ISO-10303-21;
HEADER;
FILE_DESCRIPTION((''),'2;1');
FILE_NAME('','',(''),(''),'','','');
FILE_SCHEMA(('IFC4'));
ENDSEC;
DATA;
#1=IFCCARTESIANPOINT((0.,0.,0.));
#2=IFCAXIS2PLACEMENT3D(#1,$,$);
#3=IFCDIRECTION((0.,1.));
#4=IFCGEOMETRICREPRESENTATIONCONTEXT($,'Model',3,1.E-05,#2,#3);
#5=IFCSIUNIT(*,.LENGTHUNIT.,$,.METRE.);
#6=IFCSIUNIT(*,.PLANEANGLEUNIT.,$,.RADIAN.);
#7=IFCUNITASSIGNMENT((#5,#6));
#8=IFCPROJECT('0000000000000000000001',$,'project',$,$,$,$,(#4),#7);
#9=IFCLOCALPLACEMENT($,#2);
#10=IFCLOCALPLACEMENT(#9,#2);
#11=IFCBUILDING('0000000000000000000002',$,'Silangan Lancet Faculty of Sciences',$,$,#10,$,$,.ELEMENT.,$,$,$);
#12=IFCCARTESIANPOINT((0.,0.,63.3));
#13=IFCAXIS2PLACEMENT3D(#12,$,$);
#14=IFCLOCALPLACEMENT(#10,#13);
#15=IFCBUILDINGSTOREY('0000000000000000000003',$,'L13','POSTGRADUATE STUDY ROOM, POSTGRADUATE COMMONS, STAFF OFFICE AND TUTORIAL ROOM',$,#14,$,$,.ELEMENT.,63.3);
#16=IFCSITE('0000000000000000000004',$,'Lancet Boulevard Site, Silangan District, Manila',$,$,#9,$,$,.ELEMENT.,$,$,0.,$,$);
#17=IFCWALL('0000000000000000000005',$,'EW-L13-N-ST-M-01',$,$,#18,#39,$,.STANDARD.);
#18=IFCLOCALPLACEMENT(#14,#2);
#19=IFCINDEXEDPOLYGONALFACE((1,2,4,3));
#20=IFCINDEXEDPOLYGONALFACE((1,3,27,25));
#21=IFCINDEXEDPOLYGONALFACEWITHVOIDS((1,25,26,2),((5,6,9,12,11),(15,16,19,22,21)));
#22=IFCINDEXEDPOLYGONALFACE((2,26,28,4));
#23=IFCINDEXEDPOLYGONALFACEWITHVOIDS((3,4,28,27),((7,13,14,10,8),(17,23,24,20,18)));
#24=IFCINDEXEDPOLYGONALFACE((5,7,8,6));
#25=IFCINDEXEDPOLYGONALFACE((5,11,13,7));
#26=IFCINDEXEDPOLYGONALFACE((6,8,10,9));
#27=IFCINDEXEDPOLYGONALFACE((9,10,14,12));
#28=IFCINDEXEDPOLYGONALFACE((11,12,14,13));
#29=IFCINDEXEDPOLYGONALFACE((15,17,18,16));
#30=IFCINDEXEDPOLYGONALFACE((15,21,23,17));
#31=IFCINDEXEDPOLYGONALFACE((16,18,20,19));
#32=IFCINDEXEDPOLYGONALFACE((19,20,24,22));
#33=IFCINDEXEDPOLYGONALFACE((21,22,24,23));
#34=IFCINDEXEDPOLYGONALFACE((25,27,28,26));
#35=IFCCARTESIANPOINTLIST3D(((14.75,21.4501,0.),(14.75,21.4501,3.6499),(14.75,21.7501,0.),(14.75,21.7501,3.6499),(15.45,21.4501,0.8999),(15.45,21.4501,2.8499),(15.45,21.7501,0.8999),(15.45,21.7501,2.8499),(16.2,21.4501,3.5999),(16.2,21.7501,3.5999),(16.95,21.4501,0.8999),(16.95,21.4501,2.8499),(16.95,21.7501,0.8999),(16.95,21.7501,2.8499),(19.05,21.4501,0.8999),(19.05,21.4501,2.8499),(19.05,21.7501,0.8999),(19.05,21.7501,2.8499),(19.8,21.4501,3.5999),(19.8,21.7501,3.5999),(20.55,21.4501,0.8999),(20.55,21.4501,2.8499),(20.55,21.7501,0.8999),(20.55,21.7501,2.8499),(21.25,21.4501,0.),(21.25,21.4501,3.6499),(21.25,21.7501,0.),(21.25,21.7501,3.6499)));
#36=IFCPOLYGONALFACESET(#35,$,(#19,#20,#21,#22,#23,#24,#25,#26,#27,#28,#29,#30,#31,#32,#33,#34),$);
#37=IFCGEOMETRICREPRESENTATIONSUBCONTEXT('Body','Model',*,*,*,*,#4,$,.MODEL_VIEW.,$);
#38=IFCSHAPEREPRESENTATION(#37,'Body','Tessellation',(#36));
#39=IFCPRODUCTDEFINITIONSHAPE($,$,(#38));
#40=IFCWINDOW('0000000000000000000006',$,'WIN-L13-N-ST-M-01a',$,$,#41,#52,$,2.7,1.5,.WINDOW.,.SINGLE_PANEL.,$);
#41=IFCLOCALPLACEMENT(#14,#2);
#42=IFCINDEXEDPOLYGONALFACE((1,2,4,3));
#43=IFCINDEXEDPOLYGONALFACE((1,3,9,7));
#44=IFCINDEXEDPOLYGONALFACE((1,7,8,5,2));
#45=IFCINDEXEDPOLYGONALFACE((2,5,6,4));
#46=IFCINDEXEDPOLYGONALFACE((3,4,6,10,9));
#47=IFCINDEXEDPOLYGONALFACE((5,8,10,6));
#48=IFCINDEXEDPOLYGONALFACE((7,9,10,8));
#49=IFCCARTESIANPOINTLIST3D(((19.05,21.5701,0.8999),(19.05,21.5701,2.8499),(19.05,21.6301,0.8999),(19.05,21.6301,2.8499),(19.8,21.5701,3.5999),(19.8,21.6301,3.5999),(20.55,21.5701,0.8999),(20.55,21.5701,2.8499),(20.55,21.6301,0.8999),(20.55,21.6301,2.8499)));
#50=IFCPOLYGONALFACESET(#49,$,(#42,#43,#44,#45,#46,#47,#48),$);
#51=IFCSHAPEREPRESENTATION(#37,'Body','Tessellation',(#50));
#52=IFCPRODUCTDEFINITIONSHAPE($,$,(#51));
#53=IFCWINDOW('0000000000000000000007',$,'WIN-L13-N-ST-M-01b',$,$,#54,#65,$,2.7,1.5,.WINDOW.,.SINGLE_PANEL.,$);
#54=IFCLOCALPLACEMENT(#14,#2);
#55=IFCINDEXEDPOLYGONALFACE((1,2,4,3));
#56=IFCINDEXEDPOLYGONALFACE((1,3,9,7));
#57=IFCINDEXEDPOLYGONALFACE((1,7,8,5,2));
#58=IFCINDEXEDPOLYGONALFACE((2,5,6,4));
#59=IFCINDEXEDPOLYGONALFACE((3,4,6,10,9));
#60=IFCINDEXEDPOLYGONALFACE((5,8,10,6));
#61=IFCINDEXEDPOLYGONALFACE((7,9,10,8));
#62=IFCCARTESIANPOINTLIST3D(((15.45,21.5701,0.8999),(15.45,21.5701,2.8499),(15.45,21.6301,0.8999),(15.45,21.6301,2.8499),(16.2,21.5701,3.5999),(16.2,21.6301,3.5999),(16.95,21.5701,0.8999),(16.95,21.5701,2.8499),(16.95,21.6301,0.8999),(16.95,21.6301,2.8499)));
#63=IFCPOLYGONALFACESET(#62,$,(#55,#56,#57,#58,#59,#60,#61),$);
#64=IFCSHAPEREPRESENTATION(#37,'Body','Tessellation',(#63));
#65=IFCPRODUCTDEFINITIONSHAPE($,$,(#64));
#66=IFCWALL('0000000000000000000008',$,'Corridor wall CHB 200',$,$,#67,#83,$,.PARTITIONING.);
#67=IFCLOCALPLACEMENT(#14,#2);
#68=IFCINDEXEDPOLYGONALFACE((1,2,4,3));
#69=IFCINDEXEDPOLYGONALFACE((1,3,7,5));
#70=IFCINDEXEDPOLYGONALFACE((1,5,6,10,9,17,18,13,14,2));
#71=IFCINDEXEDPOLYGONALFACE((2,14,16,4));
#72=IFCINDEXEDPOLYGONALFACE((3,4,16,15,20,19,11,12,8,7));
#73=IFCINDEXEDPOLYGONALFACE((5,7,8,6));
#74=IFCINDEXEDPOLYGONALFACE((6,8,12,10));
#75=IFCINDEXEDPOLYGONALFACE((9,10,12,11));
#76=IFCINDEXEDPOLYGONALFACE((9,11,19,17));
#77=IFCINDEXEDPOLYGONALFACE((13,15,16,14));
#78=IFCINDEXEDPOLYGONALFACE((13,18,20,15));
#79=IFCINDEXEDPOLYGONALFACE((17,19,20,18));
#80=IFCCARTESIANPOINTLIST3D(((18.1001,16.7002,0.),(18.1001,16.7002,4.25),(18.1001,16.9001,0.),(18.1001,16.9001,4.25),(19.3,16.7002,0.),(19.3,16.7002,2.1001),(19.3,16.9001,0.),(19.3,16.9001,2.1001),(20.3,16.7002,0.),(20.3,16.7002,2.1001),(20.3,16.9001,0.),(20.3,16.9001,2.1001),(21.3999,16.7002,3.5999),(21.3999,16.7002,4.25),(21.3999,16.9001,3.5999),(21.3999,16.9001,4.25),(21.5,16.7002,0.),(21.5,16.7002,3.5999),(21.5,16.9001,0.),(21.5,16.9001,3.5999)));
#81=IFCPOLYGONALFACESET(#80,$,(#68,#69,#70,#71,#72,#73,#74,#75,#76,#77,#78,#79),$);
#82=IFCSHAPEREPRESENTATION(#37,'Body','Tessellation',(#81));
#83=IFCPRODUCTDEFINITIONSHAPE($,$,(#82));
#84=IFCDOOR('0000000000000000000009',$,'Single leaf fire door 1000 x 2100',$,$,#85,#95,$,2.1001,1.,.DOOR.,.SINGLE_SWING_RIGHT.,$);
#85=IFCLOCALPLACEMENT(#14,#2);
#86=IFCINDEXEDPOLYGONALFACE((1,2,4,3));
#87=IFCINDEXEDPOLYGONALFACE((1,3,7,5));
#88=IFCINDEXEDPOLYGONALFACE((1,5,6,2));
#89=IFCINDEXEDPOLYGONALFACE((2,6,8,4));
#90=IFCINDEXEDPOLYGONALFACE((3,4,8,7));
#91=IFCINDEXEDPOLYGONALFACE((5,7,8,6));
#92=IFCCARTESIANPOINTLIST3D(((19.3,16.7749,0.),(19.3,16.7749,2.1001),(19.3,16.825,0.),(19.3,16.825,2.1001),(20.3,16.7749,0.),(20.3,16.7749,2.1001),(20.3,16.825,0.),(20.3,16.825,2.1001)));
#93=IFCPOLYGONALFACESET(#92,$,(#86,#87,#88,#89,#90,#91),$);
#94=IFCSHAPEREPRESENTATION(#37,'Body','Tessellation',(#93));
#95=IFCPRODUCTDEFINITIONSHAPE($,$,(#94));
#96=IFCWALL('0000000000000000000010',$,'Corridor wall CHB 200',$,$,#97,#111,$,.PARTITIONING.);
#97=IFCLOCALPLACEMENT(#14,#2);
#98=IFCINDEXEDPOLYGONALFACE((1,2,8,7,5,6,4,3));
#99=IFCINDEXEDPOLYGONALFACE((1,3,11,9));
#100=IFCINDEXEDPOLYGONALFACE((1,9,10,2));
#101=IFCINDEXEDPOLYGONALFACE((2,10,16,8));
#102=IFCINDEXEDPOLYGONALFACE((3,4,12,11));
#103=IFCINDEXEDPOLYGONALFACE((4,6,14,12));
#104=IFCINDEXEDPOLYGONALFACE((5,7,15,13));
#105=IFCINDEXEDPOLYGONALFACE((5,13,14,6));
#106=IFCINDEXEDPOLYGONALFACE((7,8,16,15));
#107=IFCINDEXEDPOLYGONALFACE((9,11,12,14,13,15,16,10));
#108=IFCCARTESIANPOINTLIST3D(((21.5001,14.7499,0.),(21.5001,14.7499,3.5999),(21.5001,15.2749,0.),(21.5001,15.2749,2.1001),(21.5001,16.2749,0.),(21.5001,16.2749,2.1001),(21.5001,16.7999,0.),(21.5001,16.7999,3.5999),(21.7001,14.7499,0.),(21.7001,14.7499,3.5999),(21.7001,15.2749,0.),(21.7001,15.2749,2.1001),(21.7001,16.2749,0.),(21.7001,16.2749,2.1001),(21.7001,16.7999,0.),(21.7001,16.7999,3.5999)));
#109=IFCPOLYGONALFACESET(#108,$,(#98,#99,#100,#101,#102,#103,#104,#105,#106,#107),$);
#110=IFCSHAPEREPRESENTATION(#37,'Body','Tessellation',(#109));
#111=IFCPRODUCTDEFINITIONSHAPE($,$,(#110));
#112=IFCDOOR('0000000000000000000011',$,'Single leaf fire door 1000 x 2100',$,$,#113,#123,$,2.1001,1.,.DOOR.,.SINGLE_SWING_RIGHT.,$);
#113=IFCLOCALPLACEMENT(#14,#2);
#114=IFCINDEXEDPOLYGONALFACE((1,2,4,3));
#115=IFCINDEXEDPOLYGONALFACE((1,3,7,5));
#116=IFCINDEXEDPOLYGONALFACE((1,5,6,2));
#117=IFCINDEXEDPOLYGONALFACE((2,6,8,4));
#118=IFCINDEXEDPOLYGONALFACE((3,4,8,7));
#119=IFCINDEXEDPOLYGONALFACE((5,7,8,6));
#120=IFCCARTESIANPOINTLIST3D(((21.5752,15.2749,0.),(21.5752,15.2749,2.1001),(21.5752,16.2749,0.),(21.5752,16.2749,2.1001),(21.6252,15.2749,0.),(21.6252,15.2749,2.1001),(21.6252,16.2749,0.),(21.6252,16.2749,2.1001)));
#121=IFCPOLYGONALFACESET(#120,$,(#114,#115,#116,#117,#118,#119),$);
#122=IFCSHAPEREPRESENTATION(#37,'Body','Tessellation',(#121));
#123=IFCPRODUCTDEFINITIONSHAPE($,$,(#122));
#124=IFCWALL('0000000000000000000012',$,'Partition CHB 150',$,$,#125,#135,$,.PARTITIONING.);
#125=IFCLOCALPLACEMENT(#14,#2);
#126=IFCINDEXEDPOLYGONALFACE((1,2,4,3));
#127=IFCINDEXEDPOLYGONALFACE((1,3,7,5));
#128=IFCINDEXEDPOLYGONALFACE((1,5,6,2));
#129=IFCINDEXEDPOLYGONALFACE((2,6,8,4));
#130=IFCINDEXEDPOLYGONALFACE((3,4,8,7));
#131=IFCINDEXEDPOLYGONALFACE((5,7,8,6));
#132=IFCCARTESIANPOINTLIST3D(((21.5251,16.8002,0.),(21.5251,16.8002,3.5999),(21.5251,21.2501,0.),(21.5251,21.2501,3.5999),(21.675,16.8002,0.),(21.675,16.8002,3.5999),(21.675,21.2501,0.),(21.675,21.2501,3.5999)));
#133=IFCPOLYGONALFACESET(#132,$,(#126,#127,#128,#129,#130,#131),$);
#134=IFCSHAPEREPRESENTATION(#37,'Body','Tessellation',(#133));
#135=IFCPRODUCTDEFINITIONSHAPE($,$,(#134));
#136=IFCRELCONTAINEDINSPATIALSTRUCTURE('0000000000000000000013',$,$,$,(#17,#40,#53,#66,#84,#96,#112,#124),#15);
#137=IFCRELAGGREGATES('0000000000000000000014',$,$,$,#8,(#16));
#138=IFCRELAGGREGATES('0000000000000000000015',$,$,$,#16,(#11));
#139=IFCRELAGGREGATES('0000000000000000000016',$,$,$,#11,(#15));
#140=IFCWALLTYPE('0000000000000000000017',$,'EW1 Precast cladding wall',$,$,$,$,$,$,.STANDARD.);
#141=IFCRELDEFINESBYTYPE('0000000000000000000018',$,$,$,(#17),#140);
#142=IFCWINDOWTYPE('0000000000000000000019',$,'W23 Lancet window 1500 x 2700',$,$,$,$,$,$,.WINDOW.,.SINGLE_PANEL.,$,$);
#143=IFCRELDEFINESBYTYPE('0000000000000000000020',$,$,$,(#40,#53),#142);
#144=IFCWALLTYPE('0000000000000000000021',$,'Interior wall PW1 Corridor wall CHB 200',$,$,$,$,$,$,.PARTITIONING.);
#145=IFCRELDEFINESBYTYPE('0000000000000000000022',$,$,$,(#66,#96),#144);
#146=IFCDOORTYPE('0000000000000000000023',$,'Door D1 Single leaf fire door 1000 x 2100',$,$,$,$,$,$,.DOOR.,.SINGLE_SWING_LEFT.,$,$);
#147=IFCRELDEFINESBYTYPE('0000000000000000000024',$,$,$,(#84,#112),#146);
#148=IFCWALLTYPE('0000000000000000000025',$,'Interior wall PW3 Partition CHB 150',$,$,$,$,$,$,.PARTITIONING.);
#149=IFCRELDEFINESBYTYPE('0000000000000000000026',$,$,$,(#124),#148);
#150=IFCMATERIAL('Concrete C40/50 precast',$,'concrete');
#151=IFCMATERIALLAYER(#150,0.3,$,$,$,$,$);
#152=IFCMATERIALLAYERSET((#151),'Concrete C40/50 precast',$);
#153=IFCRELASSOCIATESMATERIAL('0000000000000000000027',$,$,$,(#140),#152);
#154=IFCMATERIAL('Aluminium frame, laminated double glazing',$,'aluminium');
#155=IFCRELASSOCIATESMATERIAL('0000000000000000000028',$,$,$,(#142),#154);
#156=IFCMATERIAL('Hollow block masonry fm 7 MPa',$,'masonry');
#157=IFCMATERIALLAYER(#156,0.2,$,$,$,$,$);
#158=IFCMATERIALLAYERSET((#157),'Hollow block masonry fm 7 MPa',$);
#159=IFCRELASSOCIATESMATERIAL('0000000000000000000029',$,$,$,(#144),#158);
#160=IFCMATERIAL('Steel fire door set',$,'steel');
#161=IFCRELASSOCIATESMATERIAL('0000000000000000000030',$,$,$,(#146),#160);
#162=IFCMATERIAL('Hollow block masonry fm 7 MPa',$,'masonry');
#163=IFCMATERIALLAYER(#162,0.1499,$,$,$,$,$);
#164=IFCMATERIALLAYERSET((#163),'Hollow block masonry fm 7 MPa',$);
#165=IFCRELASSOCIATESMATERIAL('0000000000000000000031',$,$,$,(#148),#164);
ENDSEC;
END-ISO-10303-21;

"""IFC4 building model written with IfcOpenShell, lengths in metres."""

from ifc_helpers import new_model, si_unit, direction, frame, frame_2d, origin, place, context, subcontext, project, spatial, polyline, rectangle, outline, extrude, material, layer, layer_set, type_object, element, fill, save


model = new_model("IFC4")

# Units and contexts
model_context = context("Model", 3, precision=1e-05, world=origin(), true_north=direction((0.0, 1.0)))
body_context = subcontext(model_context, "Body", "Model", "MODEL_VIEW")
ifc_project = project(units=[si_unit("LENGTHUNIT", "METRE"), si_unit("PLANEANGLEUNIT", "RADIAN")], contexts=[model_context])

# Site, building, storey
site_placement = place(None, origin())
site = spatial("IfcSite", under=ifc_project, at=site_placement, Name="Lancet Boulevard Site, Silangan District, Manila", CompositionType="ELEMENT", RefElevation=0.0)
building_placement = place(site_placement, origin())
building = spatial("IfcBuilding", under=site, at=building_placement, Name="Silangan Lancet Faculty of Sciences", CompositionType="ELEMENT")
storey_placement = place(building_placement, frame((0.0, 0.0, 63.3)))
storey = spatial("IfcBuildingStorey", under=building, at=storey_placement, Name="L13", Description="POSTGRADUATE STUDY ROOM, POSTGRADUATE COMMONS, STAFF OFFICE AND TUTORIAL ROOM", CompositionType="ELEMENT", Elevation=63.3)

# Wall, openings, windows
ifc_material_1 = material(Name="Concrete C40/50 precast", Category="concrete")
ifc_layer_1 = layer(ifc_material_1, 0.3)
ifc_layer_set_1 = layer_set([ifc_layer_1], Name="Concrete C40/50 precast")
wall_type_1 = type_object("IfcWallType", Name="EW1 Precast cladding wall", PredefinedType="STANDARD", material=ifc_layer_set_1)
ifc_material_2 = material(Name="Aluminium frame, laminated double glazing", Category="aluminium")
window_type = type_object("IfcWindowType", Name="W23 Lancet window 1500 x 2700", PartitioningType="SINGLE_PANEL", PredefinedType="WINDOW", material=ifc_material_2)
wall_1_placement = place(storey_placement, frame((21.25, 21.6001, 0.0), z_axis=(0.0, 0.0, 1.0), x_axis=(-1.0, 0.0, 0.0)))
wall_1 = element("IfcWall", 1, at=wall_1_placement, inside=storey, type_object=wall_type_1, Name="EW-L13-N-ST-M-01", PredefinedType="STANDARD", context=body_context, shape_type="SweptSolid", body=[
    extrude(rectangle(XDim=6.5, YDim=0.3, at=frame_2d((3.25, 0.0))), origin(), (0.0, 0.0, 1.0), 3.6499),
])
opening_1_placement = place(wall_1_placement, frame((0.7, 0.0, 0.8999)))
opening_1 = element("IfcOpeningElement", 2, at=opening_1_placement, cuts=wall_1, PredefinedType="OPENING", context=body_context, shape_type="SweptSolid", body=[
    extrude(outline(polyline([(0.0, 0.0), (1.5, 0.0), (1.5, 1.95), (0.75, 2.7), (0.0, 1.95), (0.0, 0.0)])), frame((0.0, 0.1599, 0.0), z_axis=(0.0, -1.0, 0.0), x_axis=(1.0, 0.0, 0.0)), (0.0, 0.0, 1.0), 0.3201),
])
opening_2_placement = place(wall_1_placement, frame((4.3, 0.0, 0.8999)))
opening_2 = element("IfcOpeningElement", 3, at=opening_2_placement, cuts=wall_1, PredefinedType="OPENING", context=body_context, shape_type="SweptSolid", body=[
    extrude(outline(polyline([(0.0, 0.0), (1.5, 0.0), (1.5, 1.95), (0.75, 2.7), (0.0, 1.95), (0.0, 0.0)])), frame((0.0, 0.1599, 0.0), z_axis=(0.0, -1.0, 0.0), x_axis=(1.0, 0.0, 0.0)), (0.0, 0.0, 1.0), 0.3201),
])
window_1_placement = place(opening_1_placement, origin())
window_1 = element("IfcWindow", 4, at=window_1_placement, inside=storey, type_object=window_type, Name="WIN-L13-N-ST-M-01a", OverallHeight=2.7, OverallWidth=1.5, PartitioningType="SINGLE_PANEL", PredefinedType="WINDOW", context=body_context, shape_type="SweptSolid", body=[
    extrude(outline(polyline([(0.0, 0.0), (1.5, 0.0), (1.5, 1.95), (0.75, 2.7), (0.0, 1.95), (0.0, 0.0)])), frame((0.0, 0.03, 0.0), z_axis=(0.0, -1.0, 0.0), x_axis=(1.0, 0.0, 0.0)), (0.0, 0.0, 1.0), 0.0601),
])
fill(opening_1, window_1)
window_2_placement = place(opening_2_placement, origin())
window_2 = element("IfcWindow", 5, at=window_2_placement, inside=storey, type_object=window_type, Name="WIN-L13-N-ST-M-01b", OverallHeight=2.7, OverallWidth=1.5, PartitioningType="SINGLE_PANEL", PredefinedType="WINDOW", context=body_context, shape_type="SweptSolid", body=[
    extrude(outline(polyline([(0.0, 0.0), (1.5, 0.0), (1.5, 1.95), (0.75, 2.7), (0.0, 1.95), (0.0, 0.0)])), frame((0.0, 0.03, 0.0), z_axis=(0.0, -1.0, 0.0), x_axis=(1.0, 0.0, 0.0)), (0.0, 0.0, 1.0), 0.0601),
])
fill(opening_2, window_2)

# Walls, openings, doors
ifc_material_3 = material(Name="Hollow block masonry fm 7 MPa", Category="masonry")
ifc_layer_2 = layer(ifc_material_3, 0.2)
ifc_layer_set_2 = layer_set([ifc_layer_2], Name="Hollow block masonry fm 7 MPa")
wall_type_2 = type_object("IfcWallType", Name="Interior wall PW1 Corridor wall CHB 200", PredefinedType="PARTITIONING", material=ifc_layer_set_2)
wall_2_placement = place(storey_placement, frame((18.1001, 16.8, 0.0), z_axis=(0.0, 0.0, 1.0), x_axis=(1.0, 0.0, 0.0)))
wall_2 = element("IfcWall", 6, at=wall_2_placement, inside=storey, type_object=wall_type_2, Name="Corridor wall CHB 200", PredefinedType="PARTITIONING", context=body_context, shape_type="SweptSolid", body=[
    extrude(outline(polyline([(0.0, 0.0), (3.3999, 0.0), (3.3999, 3.5999), (3.2998, 3.5999), (3.2998, 4.25), (0.0, 4.25), (0.0, 0.0)])), frame((0.0, 0.1001, 0.0), z_axis=(0.0, -1.0, 0.0), x_axis=(1.0, 0.0, 0.0)), (0.0, 0.0, 1.0), 0.2),
])
opening_3_placement = place(wall_2_placement, frame((1.2, 0.0, 0.0)))
opening_3 = element("IfcOpeningElement", 7, at=opening_3_placement, cuts=wall_2, PredefinedType="OPENING", context=body_context, shape_type="SweptSolid", body=[
    extrude(rectangle(XDim=1.0, YDim=2.1001, at=frame_2d((0.5, 1.05))), frame((0.0, 0.1099, 0.0), z_axis=(0.0, -1.0, 0.0), x_axis=(1.0, 0.0, 0.0)), (0.0, 0.0, 1.0), 0.22),
])
ifc_material_4 = material(Name="Steel fire door set", Category="steel")
door_type = type_object("IfcDoorType", Name="Door D1 Single leaf fire door 1000 x 2100", OperationType="SINGLE_SWING_LEFT", PredefinedType="DOOR", material=ifc_material_4)
door_1_placement = place(opening_3_placement, origin())
door_1 = element("IfcDoor", 8, at=door_1_placement, inside=storey, type_object=door_type, Name="Single leaf fire door 1000 x 2100", OperationType="SINGLE_SWING_RIGHT", OverallHeight=2.1001, OverallWidth=1.0, PredefinedType="DOOR", context=body_context, shape_type="SweptSolid", body=[
    extrude(rectangle(XDim=1.0, YDim=2.1001, at=frame_2d((0.5, 1.05))), frame((0.0, 0.0249, 0.0), z_axis=(0.0, -1.0, 0.0), x_axis=(1.0, 0.0, 0.0)), (0.0, 0.0, 1.0), 0.05),
])
fill(opening_3, door_1)
wall_3_placement = place(storey_placement, frame((21.6001, 14.75, 0.0), z_axis=(0.0, 0.0, 1.0), x_axis=(0.0, 1.0, 0.0)))
wall_3 = element("IfcWall", 9, at=wall_3_placement, inside=storey, type_object=wall_type_2, Name="Corridor wall CHB 200", PredefinedType="PARTITIONING", context=body_context, shape_type="SweptSolid", body=[
    extrude(rectangle(XDim=2.05, YDim=0.2, at=frame_2d((1.0249, 0.0))), origin(), (0.0, 0.0, 1.0), 3.5999),
])
opening_4_placement = place(wall_3_placement, frame((0.5249, 0.0, 0.0)))
opening_4 = element("IfcOpeningElement", 10, at=opening_4_placement, cuts=wall_3, PredefinedType="OPENING", context=body_context, shape_type="SweptSolid", body=[
    extrude(rectangle(XDim=1.0, YDim=2.1001, at=frame_2d((0.5, 1.05))), frame((0.0, 0.1099, 0.0), z_axis=(0.0, -1.0, 0.0), x_axis=(1.0, 0.0, 0.0)), (0.0, 0.0, 1.0), 0.22),
])
door_2_placement = place(opening_4_placement, frame((1.0, 0.0, 0.0), z_axis=(0.0, 0.0, 1.0), x_axis=(-1.0, 0.0, 0.0)))
door_2 = element("IfcDoor", 11, at=door_2_placement, inside=storey, type_object=door_type, Name="Single leaf fire door 1000 x 2100", OperationType="SINGLE_SWING_RIGHT", OverallHeight=2.1001, OverallWidth=1.0, PredefinedType="DOOR", context=body_context, shape_type="SweptSolid", body=[
    extrude(rectangle(XDim=1.0, YDim=2.1001, at=frame_2d((0.5, 1.05))), frame((0.0, 0.0251, 0.0), z_axis=(0.0, -1.0, 0.0), x_axis=(1.0, 0.0, 0.0)), (0.0, 0.0, 1.0), 0.05),
])
fill(opening_4, door_2)

# Wall
ifc_material_5 = material(Name="Hollow block masonry fm 7 MPa", Category="masonry")
ifc_layer_3 = layer(ifc_material_5, 0.1499)
ifc_layer_set_3 = layer_set([ifc_layer_3], Name="Hollow block masonry fm 7 MPa")
wall_type_3 = type_object("IfcWallType", Name="Interior wall PW3 Partition CHB 150", PredefinedType="PARTITIONING", material=ifc_layer_set_3)
wall_4_placement = place(storey_placement, frame((21.6001, 16.8, 0.0), z_axis=(0.0, 0.0, 1.0), x_axis=(0.0, 1.0, 0.0)))
element("IfcWall", 12, at=wall_4_placement, inside=storey, type_object=wall_type_3, Name="Partition CHB 150", PredefinedType="PARTITIONING", context=body_context, shape_type="SweptSolid", body=[
    extrude(rectangle(XDim=4.45, YDim=0.1499, at=frame_2d((2.2251, 0.0))), origin(), (0.0, 0.0, 1.0), 3.5999),
])

save(model, "model.ifc")
